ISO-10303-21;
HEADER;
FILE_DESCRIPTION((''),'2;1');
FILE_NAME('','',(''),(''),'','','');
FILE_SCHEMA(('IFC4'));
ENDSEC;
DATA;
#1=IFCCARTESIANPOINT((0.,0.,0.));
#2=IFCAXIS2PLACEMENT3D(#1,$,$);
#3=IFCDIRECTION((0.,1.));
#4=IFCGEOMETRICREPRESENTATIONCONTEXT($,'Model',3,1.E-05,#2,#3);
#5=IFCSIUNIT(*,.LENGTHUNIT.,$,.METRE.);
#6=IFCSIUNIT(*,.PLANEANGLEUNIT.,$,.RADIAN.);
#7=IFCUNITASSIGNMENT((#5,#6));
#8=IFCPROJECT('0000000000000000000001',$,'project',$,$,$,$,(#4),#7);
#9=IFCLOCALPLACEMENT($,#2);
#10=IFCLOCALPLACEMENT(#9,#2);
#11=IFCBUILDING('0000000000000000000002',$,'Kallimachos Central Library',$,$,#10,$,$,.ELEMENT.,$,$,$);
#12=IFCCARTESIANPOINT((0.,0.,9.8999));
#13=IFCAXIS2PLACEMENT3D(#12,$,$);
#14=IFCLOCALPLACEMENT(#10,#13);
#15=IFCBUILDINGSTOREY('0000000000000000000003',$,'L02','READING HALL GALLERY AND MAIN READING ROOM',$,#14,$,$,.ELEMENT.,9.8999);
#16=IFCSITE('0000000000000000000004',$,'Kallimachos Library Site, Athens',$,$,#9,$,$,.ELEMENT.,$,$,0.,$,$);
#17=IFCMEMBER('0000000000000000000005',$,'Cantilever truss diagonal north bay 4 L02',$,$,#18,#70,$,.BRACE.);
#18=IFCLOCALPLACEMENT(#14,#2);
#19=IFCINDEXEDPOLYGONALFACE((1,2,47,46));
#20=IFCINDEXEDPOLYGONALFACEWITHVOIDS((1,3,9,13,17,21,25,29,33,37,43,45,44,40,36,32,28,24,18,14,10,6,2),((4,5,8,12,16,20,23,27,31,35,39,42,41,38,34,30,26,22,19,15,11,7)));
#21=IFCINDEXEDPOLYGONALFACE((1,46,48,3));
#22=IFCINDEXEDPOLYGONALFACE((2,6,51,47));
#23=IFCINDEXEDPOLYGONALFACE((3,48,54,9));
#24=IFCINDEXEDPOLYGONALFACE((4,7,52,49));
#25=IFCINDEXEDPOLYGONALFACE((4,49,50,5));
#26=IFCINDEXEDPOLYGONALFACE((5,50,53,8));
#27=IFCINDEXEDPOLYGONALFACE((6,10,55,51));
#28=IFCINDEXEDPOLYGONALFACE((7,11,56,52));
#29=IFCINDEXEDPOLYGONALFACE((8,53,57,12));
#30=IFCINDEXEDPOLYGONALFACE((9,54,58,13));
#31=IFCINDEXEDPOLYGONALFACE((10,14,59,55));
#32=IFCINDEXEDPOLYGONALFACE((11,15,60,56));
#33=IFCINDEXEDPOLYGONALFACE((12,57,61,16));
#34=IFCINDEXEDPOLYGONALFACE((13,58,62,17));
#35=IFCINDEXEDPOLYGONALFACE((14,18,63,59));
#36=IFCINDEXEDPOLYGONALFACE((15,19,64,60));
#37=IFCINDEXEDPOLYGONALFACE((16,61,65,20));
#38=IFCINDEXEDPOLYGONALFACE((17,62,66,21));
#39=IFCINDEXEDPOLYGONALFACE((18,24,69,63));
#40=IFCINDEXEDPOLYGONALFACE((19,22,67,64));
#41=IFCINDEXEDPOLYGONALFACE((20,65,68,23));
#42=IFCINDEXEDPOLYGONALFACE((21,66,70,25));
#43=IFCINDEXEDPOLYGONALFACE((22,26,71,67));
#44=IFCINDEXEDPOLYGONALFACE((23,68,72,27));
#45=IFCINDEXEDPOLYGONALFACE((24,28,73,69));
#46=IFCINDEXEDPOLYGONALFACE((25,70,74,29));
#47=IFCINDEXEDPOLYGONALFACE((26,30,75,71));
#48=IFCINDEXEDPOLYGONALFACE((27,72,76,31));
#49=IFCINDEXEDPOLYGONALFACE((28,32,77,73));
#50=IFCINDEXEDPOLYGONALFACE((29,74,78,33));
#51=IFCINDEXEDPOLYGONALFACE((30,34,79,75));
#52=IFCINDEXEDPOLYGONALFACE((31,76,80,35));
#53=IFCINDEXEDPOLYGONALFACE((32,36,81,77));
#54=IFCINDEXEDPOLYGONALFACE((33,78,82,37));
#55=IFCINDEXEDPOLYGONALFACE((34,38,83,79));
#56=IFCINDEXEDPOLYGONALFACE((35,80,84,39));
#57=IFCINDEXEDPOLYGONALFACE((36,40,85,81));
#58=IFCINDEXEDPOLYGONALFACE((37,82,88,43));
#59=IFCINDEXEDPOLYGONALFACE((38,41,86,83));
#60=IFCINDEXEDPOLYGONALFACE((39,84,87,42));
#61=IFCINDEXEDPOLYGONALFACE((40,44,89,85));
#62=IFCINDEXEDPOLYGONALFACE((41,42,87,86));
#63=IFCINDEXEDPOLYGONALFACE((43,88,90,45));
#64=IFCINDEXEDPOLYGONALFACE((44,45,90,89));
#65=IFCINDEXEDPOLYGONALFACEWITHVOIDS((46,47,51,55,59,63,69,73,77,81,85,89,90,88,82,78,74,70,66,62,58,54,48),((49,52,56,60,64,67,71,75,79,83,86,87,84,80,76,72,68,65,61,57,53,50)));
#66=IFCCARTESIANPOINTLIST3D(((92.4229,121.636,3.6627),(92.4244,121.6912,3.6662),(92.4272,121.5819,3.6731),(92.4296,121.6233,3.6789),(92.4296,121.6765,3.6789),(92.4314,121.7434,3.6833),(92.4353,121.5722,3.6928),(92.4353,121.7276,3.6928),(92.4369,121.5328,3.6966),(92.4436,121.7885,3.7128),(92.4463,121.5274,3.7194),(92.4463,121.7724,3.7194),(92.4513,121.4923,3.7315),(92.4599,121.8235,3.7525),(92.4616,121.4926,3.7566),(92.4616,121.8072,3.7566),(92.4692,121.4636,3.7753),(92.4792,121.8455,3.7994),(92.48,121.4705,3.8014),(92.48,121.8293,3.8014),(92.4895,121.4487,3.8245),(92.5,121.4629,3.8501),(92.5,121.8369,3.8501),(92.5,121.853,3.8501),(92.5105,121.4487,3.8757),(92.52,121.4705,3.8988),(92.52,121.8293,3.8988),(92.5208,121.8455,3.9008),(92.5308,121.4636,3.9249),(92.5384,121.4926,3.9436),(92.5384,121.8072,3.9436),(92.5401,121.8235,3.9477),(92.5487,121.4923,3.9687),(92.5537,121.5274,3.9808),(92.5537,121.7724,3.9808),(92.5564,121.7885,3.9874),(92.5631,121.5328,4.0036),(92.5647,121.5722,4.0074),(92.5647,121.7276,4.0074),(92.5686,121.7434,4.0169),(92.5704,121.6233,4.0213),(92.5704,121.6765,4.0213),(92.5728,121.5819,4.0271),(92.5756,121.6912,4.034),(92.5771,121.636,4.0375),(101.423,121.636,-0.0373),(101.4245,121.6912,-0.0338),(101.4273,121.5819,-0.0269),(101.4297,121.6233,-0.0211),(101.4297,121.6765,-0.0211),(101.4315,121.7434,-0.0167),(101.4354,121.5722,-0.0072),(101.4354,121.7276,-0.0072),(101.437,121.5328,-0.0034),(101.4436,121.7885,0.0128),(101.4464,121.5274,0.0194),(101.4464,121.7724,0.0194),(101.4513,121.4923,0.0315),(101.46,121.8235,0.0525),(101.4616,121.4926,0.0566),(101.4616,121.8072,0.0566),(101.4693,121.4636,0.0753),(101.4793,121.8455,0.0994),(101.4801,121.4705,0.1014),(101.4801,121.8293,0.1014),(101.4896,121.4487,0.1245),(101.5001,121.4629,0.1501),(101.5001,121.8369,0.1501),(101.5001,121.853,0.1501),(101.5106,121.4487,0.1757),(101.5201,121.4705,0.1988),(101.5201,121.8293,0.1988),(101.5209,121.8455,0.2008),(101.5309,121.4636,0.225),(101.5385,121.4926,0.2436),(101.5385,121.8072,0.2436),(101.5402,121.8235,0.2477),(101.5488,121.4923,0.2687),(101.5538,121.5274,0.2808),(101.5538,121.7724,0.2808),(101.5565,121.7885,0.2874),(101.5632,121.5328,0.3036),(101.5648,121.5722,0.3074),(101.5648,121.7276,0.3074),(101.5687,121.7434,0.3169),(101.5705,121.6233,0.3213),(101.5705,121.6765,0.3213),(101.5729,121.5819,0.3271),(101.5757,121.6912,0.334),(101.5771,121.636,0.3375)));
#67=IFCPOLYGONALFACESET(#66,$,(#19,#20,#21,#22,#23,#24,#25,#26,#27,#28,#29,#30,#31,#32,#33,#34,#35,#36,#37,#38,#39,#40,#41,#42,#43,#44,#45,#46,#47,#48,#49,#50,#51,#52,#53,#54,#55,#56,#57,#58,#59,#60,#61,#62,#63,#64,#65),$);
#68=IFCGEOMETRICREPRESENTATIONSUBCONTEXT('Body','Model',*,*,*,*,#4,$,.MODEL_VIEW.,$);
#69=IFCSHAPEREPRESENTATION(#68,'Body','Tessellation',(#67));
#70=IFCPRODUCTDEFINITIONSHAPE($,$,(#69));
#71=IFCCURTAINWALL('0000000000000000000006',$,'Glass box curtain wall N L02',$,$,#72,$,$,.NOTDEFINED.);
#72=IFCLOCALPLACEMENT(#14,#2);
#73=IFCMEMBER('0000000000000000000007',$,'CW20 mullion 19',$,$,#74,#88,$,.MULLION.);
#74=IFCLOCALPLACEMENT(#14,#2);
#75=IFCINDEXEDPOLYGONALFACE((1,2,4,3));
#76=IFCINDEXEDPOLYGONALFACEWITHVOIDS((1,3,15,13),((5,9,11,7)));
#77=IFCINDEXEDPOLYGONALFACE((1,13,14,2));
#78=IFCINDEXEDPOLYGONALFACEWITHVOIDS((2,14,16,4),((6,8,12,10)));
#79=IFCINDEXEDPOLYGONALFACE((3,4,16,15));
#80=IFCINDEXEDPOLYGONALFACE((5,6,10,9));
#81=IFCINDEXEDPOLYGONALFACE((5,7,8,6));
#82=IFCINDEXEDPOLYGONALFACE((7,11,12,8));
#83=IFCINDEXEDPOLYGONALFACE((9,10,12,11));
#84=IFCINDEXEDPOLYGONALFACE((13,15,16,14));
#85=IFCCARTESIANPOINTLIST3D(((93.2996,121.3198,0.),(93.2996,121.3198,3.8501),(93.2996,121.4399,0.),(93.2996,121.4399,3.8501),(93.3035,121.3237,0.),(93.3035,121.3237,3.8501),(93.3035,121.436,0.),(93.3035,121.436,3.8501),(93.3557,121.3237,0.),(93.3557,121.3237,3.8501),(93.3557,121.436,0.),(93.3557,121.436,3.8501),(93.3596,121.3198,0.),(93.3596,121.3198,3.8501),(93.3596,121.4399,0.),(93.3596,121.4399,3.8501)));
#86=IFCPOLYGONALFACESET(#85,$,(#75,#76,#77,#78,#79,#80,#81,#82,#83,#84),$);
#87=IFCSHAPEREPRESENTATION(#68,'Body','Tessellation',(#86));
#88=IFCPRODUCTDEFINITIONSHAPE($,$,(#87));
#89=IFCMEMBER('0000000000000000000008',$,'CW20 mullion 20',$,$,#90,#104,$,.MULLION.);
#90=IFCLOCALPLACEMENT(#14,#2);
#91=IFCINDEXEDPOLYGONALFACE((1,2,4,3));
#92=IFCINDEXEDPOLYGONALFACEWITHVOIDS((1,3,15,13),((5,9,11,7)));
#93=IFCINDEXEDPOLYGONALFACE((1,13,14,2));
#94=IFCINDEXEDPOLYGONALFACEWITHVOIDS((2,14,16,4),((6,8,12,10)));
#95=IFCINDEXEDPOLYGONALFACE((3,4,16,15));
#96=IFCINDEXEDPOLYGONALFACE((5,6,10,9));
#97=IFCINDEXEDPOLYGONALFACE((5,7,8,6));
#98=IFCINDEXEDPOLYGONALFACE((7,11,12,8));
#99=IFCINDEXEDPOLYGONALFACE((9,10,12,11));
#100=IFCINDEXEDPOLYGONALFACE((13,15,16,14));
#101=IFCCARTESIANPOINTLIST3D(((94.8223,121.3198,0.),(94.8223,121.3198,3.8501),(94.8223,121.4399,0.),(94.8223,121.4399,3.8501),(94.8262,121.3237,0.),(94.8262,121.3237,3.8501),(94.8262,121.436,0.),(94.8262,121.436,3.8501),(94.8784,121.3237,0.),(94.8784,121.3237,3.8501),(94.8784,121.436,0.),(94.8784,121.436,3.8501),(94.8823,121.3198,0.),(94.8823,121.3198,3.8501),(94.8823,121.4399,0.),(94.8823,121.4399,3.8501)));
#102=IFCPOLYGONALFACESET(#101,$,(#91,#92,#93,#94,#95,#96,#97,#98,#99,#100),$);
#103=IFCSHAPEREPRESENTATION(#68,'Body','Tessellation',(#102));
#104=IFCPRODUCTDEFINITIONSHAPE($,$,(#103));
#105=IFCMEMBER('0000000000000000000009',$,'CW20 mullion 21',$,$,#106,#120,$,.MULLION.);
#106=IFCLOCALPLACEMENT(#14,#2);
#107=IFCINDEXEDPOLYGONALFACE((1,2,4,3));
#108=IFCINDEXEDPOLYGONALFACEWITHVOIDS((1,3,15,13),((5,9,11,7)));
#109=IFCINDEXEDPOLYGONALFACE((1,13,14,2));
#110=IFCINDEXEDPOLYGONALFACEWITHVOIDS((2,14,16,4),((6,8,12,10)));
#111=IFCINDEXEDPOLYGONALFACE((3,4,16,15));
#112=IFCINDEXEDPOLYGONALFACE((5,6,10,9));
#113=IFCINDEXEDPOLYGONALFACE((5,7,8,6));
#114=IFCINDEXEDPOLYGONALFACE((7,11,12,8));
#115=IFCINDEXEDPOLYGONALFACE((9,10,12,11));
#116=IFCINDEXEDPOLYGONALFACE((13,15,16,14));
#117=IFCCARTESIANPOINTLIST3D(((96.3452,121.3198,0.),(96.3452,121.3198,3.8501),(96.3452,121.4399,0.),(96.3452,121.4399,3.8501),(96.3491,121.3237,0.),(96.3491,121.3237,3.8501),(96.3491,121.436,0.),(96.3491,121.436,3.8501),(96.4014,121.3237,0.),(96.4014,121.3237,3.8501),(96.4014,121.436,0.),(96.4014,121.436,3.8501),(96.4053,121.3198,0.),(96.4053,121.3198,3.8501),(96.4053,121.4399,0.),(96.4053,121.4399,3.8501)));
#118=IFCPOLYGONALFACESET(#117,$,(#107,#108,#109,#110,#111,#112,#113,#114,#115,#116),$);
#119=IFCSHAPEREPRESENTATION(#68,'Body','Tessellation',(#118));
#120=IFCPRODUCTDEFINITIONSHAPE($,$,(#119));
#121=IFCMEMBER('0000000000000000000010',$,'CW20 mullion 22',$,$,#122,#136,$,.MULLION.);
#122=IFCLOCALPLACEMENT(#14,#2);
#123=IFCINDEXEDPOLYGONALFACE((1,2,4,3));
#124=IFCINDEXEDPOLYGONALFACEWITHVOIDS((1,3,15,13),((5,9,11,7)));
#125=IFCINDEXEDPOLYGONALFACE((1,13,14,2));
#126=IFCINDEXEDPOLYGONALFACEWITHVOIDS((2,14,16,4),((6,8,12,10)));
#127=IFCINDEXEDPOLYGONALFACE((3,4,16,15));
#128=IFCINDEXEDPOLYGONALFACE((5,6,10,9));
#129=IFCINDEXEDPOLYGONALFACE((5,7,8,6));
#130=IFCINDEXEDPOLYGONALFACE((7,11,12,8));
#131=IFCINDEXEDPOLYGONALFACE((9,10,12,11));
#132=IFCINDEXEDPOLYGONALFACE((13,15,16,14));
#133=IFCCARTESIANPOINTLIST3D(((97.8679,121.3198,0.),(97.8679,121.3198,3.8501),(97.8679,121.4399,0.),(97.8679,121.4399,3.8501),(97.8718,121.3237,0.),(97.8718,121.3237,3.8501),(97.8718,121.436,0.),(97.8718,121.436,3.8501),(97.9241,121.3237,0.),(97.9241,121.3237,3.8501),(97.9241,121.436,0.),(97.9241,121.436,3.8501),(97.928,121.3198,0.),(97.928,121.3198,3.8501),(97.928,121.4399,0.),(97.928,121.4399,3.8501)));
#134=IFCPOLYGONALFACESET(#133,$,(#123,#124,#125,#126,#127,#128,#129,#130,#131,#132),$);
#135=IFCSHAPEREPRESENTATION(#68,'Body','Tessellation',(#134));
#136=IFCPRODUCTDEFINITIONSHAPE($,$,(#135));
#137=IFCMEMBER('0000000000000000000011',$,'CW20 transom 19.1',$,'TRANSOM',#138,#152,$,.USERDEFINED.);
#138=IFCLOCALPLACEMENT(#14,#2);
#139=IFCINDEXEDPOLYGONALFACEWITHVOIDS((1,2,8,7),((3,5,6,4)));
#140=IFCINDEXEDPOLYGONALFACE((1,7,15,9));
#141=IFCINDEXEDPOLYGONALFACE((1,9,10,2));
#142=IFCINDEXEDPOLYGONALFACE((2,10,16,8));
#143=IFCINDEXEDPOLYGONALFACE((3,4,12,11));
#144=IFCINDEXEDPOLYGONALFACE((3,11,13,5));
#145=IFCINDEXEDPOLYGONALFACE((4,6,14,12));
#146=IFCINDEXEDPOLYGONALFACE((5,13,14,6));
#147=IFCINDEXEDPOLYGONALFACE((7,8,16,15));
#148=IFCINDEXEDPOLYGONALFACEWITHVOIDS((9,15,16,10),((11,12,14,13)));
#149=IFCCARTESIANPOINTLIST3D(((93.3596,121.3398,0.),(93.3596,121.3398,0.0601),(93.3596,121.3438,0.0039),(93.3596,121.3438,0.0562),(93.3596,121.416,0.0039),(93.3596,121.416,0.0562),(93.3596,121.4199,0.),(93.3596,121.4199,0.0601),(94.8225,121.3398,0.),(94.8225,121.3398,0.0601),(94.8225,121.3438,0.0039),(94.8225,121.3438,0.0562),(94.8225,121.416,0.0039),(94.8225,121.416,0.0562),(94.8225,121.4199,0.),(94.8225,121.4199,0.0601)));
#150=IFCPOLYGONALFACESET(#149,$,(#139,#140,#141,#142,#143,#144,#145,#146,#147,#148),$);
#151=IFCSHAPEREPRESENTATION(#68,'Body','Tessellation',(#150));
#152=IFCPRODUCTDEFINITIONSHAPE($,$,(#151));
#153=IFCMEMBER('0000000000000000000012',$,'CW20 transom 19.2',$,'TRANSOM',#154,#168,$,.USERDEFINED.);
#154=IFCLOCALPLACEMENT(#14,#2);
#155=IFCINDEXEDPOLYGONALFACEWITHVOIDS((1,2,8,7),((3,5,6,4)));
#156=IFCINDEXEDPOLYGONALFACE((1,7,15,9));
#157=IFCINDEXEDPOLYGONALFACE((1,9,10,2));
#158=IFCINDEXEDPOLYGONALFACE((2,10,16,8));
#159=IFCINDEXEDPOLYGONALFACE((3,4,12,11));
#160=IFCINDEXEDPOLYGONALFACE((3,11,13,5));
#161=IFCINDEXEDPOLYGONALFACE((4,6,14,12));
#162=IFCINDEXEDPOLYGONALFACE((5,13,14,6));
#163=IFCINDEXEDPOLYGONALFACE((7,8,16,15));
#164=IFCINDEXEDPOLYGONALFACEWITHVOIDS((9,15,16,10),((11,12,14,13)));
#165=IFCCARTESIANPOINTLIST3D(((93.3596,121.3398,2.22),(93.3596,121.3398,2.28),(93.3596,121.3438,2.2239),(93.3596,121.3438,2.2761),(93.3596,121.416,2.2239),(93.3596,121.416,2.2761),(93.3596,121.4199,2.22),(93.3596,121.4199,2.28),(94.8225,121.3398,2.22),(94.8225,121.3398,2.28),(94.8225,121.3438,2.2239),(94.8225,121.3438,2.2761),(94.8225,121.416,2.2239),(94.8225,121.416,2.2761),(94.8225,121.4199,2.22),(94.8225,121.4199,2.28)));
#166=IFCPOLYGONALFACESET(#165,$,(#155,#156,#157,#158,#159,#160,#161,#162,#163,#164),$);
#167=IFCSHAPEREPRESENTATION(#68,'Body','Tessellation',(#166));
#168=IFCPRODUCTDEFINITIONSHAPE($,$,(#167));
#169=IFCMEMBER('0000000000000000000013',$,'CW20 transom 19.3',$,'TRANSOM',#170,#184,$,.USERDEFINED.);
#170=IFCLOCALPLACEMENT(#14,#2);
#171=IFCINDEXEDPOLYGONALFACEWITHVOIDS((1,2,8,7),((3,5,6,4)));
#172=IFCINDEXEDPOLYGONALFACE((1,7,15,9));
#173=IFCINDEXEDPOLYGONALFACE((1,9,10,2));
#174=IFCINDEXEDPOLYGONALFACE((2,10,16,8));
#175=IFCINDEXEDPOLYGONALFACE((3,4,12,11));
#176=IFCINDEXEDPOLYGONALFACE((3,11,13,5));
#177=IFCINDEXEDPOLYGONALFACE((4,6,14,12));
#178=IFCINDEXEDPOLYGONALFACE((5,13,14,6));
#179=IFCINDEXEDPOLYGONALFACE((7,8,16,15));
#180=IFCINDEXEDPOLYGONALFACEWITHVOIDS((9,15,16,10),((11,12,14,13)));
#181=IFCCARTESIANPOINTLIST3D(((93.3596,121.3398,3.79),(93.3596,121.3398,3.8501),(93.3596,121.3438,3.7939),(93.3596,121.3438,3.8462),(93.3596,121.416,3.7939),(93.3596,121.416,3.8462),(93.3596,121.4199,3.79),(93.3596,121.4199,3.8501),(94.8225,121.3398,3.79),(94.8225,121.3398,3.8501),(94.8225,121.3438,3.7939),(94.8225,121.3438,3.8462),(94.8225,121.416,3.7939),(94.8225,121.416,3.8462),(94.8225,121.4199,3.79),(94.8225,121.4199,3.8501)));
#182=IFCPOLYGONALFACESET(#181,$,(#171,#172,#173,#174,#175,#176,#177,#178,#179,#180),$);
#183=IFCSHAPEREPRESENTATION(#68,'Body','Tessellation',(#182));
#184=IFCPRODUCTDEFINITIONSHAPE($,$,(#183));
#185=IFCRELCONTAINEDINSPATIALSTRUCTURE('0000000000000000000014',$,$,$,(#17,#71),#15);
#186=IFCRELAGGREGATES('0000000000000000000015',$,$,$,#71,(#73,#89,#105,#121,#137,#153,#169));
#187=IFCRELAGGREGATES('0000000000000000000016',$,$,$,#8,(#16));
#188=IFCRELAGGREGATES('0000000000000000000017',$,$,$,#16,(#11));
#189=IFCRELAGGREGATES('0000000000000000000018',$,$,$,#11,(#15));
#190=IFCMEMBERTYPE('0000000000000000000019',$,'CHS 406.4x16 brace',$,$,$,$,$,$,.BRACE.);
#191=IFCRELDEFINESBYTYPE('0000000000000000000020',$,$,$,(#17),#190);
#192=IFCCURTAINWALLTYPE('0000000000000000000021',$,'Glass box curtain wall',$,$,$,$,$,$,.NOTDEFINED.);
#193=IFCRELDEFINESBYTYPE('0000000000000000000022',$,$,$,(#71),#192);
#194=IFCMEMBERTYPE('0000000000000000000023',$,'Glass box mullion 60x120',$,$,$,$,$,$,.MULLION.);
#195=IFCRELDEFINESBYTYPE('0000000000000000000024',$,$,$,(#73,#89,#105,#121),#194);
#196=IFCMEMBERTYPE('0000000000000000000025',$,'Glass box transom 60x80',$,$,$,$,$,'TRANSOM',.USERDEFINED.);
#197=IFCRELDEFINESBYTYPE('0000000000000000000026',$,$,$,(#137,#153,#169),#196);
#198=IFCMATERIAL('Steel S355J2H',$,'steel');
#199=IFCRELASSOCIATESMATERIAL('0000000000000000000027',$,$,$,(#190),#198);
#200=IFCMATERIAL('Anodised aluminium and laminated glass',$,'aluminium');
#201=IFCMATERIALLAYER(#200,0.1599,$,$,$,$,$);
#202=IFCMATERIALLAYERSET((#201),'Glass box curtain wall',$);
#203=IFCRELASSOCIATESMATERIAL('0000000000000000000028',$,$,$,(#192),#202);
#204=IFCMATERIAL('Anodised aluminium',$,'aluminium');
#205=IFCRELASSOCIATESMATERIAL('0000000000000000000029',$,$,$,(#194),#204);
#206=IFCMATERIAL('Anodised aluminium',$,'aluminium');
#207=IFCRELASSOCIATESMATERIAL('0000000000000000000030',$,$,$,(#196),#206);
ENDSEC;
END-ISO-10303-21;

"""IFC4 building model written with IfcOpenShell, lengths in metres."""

from ifc_helpers import new_model, si_unit, direction, frame, origin, origin_2d, place, context, subcontext, project, spatial, hollow_rectangle, hollow_circle, extrude, material, layer, layer_set, material_profile, profile_set, type_object, element, aggregate, save


model = new_model("IFC4")

# Units and contexts
model_context = context("Model", 3, precision=1e-05, world=origin(), true_north=direction((0.0, 1.0)))
body_context = subcontext(model_context, "Body", "Model", "MODEL_VIEW")
ifc_project = project(units=[si_unit("LENGTHUNIT", "METRE"), si_unit("PLANEANGLEUNIT", "RADIAN")], contexts=[model_context])

# Site, building, storey
site_placement = place(None, origin())
site = spatial("IfcSite", under=ifc_project, at=site_placement, Name="Kallimachos Library Site, Athens", CompositionType="ELEMENT", RefElevation=0.0)
building_placement = place(site_placement, origin())
building = spatial("IfcBuilding", under=site, at=building_placement, Name="Kallimachos Central Library", CompositionType="ELEMENT")
storey_placement = place(building_placement, frame((0.0, 0.0, 9.8999)))
storey = spatial("IfcBuildingStorey", under=building, at=storey_placement, Name="L02", Description="READING HALL GALLERY AND MAIN READING ROOM", CompositionType="ELEMENT", Elevation=9.8999)

# Member
ifc_material_1 = material(Name="Steel S355J2H", Category="steel")
ifc_material_profile_1 = material_profile(ifc_material_1, hollow_circle(Radius=0.2031, WallThickness=0.0161, at=origin_2d()), Name="CHS 406.4x16")
ifc_profile_set_1 = profile_set([ifc_material_profile_1], Name="Steel S355J2H")
member_type_1 = type_object("IfcMemberType", Name="CHS 406.4x16 brace", PredefinedType="BRACE", material=ifc_profile_set_1)
member_1_placement = place(storey_placement, frame((92.5, 121.6499, 3.8501), z_axis=(0.924893, 0.0, -0.380229), x_axis=(0.0, 1.0, 0.0)))
element("IfcMember", 1, at=member_1_placement, inside=storey, type_object=member_type_1, Name="Cantilever truss diagonal north bay 4 L02", PredefinedType="BRACE", context=body_context, shape_type="SweptSolid", body=[
    extrude(hollow_circle(Radius=0.2031, WallThickness=0.0161, at=origin_2d()), origin(), (0.0, 0.0, 1.0), 9.731),
])

# Curtain wall, members
ifc_material_2 = material(Name="Anodised aluminium and laminated glass", Category="aluminium")
ifc_layer_1 = layer(ifc_material_2, 0.1599)
ifc_layer_set_1 = layer_set([ifc_layer_1], Name="Glass box curtain wall")
curtain_wall_type = type_object("IfcCurtainWallType", Name="Glass box curtain wall", PredefinedType="NOTDEFINED", material=ifc_layer_set_1)
curtain_wall_placement = place(storey_placement, origin())
curtain_wall = element("IfcCurtainWall", 2, at=curtain_wall_placement, inside=storey, type_object=curtain_wall_type, Name="Glass box curtain wall N L02", PredefinedType="NOTDEFINED")
ifc_material_3 = material(Name="Anodised aluminium", Category="aluminium")
ifc_material_profile_2 = material_profile(ifc_material_3, hollow_rectangle(XDim=0.0601, YDim=0.1201, WallThickness=0.0039, at=origin_2d()), Name="ALU MULLION 60x120")
ifc_profile_set_2 = profile_set([ifc_material_profile_2], Name="Anodised aluminium")
member_type_2 = type_object("IfcMemberType", Name="Glass box mullion 60x120", PredefinedType="MULLION", material=ifc_profile_set_2)
member_2_placement = place(storey_placement, frame((93.3296, 121.3799, 0.0), z_axis=(0.0, 0.0, 1.0), x_axis=(1.0, 0.0, 0.0)))
member_2 = element("IfcMember", 3, at=member_2_placement, type_object=member_type_2, Name="CW20 mullion 19", PredefinedType="MULLION", context=body_context, shape_type="SweptSolid", body=[
    extrude(hollow_rectangle(XDim=0.0601, YDim=0.1201, WallThickness=0.0039, at=origin_2d()), origin(), (0.0, 0.0, 1.0), 3.8501),
])
member_3_placement = place(storey_placement, frame((94.8523, 121.3799, 0.0), z_axis=(0.0, 0.0, 1.0), x_axis=(1.0, 0.0, 0.0)))
member_3 = element("IfcMember", 4, at=member_3_placement, type_object=member_type_2, Name="CW20 mullion 20", PredefinedType="MULLION", context=body_context, shape_type="SweptSolid", body=[
    extrude(hollow_rectangle(XDim=0.0601, YDim=0.1201, WallThickness=0.0039, at=origin_2d()), origin(), (0.0, 0.0, 1.0), 3.8501),
])
member_4_placement = place(storey_placement, frame((96.3752, 121.3799, 0.0), z_axis=(0.0, 0.0, 1.0), x_axis=(1.0, 0.0, 0.0)))
member_4 = element("IfcMember", 5, at=member_4_placement, type_object=member_type_2, Name="CW20 mullion 21", PredefinedType="MULLION", context=body_context, shape_type="SweptSolid", body=[
    extrude(hollow_rectangle(XDim=0.0601, YDim=0.1201, WallThickness=0.0039, at=origin_2d()), origin(), (0.0, 0.0, 1.0), 3.8501),
])
member_5_placement = place(storey_placement, frame((97.8979, 121.3799, 0.0), z_axis=(0.0, 0.0, 1.0), x_axis=(1.0, 0.0, 0.0)))
member_5 = element("IfcMember", 6, at=member_5_placement, type_object=member_type_2, Name="CW20 mullion 22", PredefinedType="MULLION", context=body_context, shape_type="SweptSolid", body=[
    extrude(hollow_rectangle(XDim=0.0601, YDim=0.1201, WallThickness=0.0039, at=origin_2d()), origin(), (0.0, 0.0, 1.0), 3.8501),
])
ifc_material_4 = material(Name="Anodised aluminium", Category="aluminium")
ifc_material_profile_3 = material_profile(ifc_material_4, hollow_rectangle(XDim=0.0601, YDim=0.0801, WallThickness=0.0039, at=origin_2d()), Name="ALU TRANSOM 60x80")
ifc_profile_set_3 = profile_set([ifc_material_profile_3], Name="Anodised aluminium")
member_type_3 = type_object("IfcMemberType", Name="Glass box transom 60x80", ElementType="TRANSOM", PredefinedType="USERDEFINED", material=ifc_profile_set_3)
member_6_placement = place(storey_placement, frame((93.3596, 121.3799, 0.03), z_axis=(1.0, 0.0, 0.0), x_axis=(0.0, 0.0, 1.0)))
member_6 = element("IfcMember", 7, at=member_6_placement, type_object=member_type_3, Name="CW20 transom 19.1", ObjectType="TRANSOM", PredefinedType="USERDEFINED", context=body_context, shape_type="SweptSolid", body=[
    extrude(hollow_rectangle(XDim=0.0601, YDim=0.0801, WallThickness=0.0039, at=origin_2d()), origin(), (0.0, 0.0, 1.0), 1.4629),
])
member_7_placement = place(storey_placement, frame((93.3596, 121.3799, 2.25), z_axis=(1.0, 0.0, 0.0), x_axis=(0.0, 0.0, 1.0)))
member_7 = element("IfcMember", 8, at=member_7_placement, type_object=member_type_3, Name="CW20 transom 19.2", ObjectType="TRANSOM", PredefinedType="USERDEFINED", context=body_context, shape_type="SweptSolid", body=[
    extrude(hollow_rectangle(XDim=0.0601, YDim=0.0801, WallThickness=0.0039, at=origin_2d()), origin(), (0.0, 0.0, 1.0), 1.4629),
])
member_8_placement = place(storey_placement, frame((93.3596, 121.3799, 3.8201), z_axis=(1.0, 0.0, 0.0), x_axis=(0.0, 0.0, 1.0)))
member_8 = element("IfcMember", 9, at=member_8_placement, type_object=member_type_3, Name="CW20 transom 19.3", ObjectType="TRANSOM", PredefinedType="USERDEFINED", context=body_context, shape_type="SweptSolid", body=[
    extrude(hollow_rectangle(XDim=0.0601, YDim=0.0801, WallThickness=0.0039, at=origin_2d()), origin(), (0.0, 0.0, 1.0), 1.4629),
])

aggregate(curtain_wall, [member_2, member_3, member_4, member_5, member_6, member_7, member_8])

save(model, "model.ifc")
